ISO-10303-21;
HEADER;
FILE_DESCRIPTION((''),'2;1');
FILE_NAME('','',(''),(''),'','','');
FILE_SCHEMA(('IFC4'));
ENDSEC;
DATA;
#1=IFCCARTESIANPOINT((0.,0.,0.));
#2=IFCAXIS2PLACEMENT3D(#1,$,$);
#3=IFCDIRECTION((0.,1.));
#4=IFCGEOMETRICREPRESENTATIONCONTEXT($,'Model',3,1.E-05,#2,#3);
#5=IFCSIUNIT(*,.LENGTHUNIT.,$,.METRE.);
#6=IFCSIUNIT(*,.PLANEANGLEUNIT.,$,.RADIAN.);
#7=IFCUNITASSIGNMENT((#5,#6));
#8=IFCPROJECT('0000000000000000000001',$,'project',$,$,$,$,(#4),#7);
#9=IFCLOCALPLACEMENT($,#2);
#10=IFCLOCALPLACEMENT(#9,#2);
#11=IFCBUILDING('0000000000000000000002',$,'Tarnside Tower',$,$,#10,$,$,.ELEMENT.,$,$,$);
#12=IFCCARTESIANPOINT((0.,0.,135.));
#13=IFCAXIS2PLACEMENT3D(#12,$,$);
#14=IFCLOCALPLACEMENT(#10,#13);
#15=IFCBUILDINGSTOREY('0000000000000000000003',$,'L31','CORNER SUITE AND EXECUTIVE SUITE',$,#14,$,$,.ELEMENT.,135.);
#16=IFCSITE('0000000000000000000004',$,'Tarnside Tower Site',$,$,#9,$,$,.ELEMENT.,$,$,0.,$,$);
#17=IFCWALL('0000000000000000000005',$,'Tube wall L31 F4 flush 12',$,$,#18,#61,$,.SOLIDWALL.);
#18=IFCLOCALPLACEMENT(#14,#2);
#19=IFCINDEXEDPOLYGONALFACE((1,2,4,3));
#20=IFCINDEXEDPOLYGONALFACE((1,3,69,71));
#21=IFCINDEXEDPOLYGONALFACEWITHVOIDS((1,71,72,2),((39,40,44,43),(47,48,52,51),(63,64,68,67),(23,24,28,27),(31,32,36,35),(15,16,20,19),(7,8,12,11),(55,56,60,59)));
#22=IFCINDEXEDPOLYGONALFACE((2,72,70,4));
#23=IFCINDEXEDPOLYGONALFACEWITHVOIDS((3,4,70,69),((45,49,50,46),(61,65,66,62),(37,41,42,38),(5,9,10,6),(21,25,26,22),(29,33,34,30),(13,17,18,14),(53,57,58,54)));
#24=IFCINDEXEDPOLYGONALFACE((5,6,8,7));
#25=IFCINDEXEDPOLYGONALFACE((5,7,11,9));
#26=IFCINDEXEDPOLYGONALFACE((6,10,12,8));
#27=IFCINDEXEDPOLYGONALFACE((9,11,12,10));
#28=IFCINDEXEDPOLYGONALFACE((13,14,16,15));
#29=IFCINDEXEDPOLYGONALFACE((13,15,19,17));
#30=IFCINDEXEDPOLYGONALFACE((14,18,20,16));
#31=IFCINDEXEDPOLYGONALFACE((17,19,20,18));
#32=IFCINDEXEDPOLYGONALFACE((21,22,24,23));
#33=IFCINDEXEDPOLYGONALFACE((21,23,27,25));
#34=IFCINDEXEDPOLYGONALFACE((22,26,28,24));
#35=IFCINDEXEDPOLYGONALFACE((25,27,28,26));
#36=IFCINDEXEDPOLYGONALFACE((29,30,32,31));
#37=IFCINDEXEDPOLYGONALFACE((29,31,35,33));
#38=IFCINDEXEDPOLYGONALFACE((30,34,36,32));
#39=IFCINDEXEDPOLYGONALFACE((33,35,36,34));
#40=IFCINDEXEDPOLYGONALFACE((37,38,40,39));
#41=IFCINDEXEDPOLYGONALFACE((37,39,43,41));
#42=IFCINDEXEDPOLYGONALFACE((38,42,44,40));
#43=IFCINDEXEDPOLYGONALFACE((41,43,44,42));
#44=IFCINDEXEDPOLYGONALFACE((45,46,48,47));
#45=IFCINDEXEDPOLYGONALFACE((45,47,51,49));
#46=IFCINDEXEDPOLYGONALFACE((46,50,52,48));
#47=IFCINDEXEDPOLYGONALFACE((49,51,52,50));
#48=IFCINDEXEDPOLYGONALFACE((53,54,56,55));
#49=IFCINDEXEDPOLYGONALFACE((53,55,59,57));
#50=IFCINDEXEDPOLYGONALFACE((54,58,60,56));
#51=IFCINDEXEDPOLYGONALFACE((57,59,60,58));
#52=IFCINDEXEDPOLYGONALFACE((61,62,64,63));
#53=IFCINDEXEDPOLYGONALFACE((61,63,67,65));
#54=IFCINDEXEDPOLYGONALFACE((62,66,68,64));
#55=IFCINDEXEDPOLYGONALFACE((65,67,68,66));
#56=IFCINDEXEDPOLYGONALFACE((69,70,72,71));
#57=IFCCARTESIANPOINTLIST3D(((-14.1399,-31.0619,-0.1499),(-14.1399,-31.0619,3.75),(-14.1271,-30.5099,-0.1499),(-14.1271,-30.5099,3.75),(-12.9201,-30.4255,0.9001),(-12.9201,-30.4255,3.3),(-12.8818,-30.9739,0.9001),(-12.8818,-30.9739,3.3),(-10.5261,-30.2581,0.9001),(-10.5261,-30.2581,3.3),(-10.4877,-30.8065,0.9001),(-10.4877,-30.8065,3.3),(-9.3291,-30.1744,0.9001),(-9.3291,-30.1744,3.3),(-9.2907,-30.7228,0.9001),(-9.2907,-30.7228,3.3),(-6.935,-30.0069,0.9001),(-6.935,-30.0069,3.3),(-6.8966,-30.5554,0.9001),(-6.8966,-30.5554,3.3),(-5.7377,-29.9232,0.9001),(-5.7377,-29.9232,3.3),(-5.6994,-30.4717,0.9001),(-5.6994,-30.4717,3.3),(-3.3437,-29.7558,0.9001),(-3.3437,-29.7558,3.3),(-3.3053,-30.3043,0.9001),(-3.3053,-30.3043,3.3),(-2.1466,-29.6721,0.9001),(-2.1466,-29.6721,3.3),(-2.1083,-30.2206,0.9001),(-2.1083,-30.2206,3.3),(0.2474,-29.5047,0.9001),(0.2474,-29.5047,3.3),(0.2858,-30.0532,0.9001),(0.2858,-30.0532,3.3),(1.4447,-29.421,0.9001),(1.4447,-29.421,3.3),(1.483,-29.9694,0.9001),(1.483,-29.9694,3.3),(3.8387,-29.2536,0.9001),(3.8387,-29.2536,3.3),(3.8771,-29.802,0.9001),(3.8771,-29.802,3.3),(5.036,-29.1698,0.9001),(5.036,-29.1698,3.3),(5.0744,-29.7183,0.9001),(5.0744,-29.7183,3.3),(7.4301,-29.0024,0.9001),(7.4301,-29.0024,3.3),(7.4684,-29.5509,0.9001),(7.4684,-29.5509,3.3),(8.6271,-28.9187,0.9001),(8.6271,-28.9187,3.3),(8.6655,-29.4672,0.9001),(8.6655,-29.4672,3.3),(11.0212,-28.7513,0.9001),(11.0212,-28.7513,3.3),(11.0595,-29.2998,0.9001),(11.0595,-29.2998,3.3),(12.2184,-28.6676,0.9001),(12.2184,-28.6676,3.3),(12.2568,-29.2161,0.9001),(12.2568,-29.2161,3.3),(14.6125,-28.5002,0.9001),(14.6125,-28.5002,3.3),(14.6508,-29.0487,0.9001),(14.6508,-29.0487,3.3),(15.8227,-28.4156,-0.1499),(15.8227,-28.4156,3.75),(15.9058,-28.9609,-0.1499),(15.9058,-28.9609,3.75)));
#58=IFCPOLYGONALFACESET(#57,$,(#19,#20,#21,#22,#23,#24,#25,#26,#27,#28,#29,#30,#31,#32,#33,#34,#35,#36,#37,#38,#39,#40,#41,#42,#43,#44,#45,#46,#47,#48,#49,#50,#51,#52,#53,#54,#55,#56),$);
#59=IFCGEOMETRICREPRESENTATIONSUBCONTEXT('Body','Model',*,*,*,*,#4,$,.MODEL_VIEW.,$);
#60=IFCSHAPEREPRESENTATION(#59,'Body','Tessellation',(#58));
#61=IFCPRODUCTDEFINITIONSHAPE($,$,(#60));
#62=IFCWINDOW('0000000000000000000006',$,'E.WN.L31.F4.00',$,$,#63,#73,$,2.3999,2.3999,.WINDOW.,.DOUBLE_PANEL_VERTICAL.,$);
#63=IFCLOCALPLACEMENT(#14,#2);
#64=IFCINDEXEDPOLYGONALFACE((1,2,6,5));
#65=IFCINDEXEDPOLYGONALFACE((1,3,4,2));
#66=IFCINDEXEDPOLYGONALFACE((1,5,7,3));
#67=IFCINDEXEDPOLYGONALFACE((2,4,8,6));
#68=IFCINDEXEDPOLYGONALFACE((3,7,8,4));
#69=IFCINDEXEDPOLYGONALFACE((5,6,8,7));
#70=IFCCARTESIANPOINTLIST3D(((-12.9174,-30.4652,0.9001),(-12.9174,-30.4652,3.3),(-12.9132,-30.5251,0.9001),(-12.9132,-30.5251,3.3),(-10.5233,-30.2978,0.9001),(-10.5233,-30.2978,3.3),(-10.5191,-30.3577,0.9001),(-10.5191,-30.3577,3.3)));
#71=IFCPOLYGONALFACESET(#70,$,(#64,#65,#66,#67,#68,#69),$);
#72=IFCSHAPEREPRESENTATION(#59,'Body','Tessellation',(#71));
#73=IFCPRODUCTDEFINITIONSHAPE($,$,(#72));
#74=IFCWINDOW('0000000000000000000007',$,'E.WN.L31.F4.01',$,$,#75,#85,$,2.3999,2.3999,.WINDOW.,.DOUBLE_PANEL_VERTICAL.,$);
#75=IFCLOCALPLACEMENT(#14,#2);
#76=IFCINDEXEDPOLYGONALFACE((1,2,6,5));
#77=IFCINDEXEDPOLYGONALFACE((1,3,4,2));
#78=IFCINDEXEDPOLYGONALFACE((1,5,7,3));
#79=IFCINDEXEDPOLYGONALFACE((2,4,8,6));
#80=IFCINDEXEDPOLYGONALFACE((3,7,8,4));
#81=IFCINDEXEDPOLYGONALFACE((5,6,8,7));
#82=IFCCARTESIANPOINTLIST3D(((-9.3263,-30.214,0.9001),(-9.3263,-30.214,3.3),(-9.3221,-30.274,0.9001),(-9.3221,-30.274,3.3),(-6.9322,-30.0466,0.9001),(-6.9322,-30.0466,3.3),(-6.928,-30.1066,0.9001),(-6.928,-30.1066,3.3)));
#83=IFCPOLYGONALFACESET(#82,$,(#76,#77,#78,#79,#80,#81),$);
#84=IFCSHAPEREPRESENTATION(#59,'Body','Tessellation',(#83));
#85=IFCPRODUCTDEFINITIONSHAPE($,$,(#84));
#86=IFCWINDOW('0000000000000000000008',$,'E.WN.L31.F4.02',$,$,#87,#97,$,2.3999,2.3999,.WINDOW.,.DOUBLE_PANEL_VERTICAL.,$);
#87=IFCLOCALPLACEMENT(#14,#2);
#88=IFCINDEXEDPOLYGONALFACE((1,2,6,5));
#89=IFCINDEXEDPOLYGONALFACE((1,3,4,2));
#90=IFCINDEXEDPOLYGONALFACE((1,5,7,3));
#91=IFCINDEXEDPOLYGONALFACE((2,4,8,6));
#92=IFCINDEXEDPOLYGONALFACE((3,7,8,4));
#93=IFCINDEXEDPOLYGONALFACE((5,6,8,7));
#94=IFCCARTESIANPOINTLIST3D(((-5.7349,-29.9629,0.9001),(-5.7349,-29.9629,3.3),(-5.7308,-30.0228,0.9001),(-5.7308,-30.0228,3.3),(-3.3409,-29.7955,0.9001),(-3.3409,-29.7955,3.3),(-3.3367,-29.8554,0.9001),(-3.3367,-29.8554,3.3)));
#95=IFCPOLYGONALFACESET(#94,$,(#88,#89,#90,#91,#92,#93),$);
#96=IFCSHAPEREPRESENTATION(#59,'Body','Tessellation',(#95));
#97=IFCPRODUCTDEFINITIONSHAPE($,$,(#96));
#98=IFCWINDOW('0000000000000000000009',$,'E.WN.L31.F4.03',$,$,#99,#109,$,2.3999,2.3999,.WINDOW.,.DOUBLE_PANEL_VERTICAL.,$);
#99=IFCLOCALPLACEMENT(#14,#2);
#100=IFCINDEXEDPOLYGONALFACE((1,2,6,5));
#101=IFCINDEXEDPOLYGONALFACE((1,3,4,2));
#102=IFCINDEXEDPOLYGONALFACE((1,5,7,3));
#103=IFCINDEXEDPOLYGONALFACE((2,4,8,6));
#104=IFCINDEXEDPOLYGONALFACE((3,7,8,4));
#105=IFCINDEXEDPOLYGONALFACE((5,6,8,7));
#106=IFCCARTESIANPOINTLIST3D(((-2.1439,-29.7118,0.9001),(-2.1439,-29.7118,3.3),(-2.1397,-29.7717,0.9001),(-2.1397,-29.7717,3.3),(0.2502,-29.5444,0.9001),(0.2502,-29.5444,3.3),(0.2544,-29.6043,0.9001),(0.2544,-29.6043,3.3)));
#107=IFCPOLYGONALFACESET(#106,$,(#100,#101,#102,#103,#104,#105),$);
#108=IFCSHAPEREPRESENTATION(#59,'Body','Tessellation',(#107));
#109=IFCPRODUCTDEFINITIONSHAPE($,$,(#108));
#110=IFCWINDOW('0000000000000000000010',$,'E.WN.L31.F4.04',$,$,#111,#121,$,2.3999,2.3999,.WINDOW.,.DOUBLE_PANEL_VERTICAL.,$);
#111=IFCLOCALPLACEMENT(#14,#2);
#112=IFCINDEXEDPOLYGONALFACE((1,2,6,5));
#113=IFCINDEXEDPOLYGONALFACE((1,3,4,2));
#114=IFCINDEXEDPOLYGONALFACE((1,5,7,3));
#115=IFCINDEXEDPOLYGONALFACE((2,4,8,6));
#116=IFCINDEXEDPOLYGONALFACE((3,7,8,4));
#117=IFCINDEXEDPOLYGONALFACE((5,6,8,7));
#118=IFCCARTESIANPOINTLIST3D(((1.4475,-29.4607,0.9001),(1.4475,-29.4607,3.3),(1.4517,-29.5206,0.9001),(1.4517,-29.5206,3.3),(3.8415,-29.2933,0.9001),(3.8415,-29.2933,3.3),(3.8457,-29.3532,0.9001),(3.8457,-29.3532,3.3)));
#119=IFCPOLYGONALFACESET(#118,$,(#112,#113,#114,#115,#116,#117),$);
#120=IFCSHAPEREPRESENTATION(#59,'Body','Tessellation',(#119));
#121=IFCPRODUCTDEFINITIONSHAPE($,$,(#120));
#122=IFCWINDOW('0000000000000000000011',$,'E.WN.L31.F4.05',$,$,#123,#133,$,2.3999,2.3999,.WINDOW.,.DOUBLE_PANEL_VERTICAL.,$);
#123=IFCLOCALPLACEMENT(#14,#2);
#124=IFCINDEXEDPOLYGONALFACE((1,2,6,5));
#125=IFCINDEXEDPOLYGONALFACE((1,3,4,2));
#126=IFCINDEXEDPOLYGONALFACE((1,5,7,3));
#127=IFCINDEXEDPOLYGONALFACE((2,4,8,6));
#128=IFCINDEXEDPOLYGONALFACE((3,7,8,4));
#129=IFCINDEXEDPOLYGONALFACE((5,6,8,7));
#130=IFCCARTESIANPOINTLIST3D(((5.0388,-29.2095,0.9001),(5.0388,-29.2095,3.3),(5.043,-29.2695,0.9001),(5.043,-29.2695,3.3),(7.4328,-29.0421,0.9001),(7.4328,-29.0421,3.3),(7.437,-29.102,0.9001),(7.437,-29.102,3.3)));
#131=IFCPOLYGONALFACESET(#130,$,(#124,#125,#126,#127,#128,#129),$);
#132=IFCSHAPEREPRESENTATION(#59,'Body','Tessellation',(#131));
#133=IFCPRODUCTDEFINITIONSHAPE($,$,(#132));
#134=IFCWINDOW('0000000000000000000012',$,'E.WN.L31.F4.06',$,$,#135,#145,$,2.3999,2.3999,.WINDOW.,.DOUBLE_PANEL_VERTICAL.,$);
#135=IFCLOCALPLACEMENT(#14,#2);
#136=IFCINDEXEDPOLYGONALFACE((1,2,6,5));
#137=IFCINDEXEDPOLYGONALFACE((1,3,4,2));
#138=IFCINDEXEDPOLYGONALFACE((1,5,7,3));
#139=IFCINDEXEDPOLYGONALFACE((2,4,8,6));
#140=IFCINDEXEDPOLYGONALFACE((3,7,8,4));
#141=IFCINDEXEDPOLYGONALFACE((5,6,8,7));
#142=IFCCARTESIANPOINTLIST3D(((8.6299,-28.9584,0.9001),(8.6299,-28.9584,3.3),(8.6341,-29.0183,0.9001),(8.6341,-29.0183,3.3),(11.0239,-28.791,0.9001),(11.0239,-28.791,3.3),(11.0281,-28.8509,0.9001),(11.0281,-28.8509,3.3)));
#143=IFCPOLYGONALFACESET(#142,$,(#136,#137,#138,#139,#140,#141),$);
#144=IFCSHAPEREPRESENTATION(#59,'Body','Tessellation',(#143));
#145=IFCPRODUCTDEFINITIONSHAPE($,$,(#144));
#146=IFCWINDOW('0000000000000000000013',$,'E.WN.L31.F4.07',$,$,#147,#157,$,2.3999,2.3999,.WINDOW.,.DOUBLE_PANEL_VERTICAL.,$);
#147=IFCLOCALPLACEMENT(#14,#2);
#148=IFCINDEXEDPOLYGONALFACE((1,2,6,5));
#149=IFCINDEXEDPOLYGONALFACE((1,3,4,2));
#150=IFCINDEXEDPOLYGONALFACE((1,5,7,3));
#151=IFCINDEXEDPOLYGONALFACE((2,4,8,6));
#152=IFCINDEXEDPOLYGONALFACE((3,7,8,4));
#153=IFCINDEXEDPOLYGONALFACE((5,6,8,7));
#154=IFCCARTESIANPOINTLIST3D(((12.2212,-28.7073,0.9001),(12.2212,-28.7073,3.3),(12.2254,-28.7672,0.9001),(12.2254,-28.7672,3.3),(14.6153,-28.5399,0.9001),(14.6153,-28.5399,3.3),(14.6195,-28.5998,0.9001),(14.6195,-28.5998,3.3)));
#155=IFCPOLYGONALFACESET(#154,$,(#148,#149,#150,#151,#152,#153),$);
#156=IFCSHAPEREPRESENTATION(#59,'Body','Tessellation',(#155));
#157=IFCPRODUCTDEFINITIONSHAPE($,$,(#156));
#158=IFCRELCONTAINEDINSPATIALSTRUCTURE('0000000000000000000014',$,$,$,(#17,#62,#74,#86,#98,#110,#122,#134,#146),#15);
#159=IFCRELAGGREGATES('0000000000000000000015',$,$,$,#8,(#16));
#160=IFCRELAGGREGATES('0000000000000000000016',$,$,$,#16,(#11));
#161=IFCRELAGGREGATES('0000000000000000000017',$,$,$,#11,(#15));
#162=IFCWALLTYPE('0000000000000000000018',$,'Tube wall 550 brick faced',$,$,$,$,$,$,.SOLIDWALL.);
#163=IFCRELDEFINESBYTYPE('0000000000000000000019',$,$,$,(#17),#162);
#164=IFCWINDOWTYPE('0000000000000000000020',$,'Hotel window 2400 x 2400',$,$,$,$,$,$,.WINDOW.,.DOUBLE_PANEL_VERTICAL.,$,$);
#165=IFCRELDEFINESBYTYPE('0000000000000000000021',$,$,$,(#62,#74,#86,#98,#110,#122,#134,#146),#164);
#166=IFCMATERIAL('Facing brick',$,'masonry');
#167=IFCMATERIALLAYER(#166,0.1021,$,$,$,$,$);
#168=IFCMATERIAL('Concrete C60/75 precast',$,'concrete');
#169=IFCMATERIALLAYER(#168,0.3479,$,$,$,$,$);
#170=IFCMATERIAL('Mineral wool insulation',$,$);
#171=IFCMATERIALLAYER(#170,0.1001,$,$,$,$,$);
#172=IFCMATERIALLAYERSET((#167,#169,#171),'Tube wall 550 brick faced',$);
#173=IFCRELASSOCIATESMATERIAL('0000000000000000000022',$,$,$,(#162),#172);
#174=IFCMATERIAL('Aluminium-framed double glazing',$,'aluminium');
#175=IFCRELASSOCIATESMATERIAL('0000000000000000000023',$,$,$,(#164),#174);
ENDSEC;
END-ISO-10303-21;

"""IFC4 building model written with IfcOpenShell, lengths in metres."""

from ifc_helpers import new_model, si_unit, direction, frame, frame_2d, origin, place, context, subcontext, project, spatial, polyline, rectangle, outline, extrude, material, layer, layer_set, type_object, element, fill, save


model = new_model("IFC4")

# Units and contexts
model_context = context("Model", 3, precision=1e-05, world=origin(), true_north=direction((0.0, 1.0)))
body_context = subcontext(model_context, "Body", "Model", "MODEL_VIEW")
ifc_project = project(units=[si_unit("LENGTHUNIT", "METRE"), si_unit("PLANEANGLEUNIT", "RADIAN")], contexts=[model_context])

# Site, building, storey
site_placement = place(None, origin())
site = spatial("IfcSite", under=ifc_project, at=site_placement, Name="Tarnside Tower Site", CompositionType="ELEMENT", RefElevation=0.0)
building_placement = place(site_placement, origin())
building = spatial("IfcBuilding", under=site, at=building_placement, Name="Tarnside Tower", CompositionType="ELEMENT")
storey_placement = place(building_placement, frame((0.0, 0.0, 135.0)))
storey = spatial("IfcBuildingStorey", under=building, at=storey_placement, Name="L31", Description="CORNER SUITE AND EXECUTIVE SUITE", CompositionType="ELEMENT", Elevation=135.0)

# Shared definitions
ifc_material_1 = material(Name="Facing brick", Category="masonry")
ifc_layer_1 = layer(ifc_material_1, 0.1021)
ifc_material_2 = material(Name="Concrete C60/75 precast", Category="concrete")
ifc_layer_2 = layer(ifc_material_2, 0.3479)
ifc_material_3 = material(Name="Mineral wool insulation")
ifc_layer_3 = layer(ifc_material_3, 0.1001)
ifc_layer_set_1 = layer_set([ifc_layer_1, ifc_layer_2, ifc_layer_3], Name="Tube wall 550 brick faced")
wall_type_1 = type_object("IfcWallType", Name="Tube wall 550 brick faced", PredefinedType="SOLIDWALL", material=ifc_layer_set_1)

# Wall, openings, windows
wall_1_placement = place(storey_placement, frame((-14.1335, -30.7859, -0.1499), z_axis=(0.0, 0.0, 1.0), x_axis=(0.997564, 0.069757, 0.0)))
wall_1 = element("IfcWall", 1, at=wall_1_placement, inside=storey, type_object=wall_type_1, Name="Tube wall L31 F4 flush 12", PredefinedType="SOLIDWALL", context=body_context, shape_type="SweptSolid", body=[
    extrude(outline(polyline([(-0.0256, -0.2749), (30.0935, -0.2749), (30.0486, 0.2749), (0.0256, 0.2749), (-0.0256, -0.2749)])), origin(), (0.0, 0.0, 1.0), 3.8999),
])
opening_1_placement = place(wall_1_placement, frame((1.2356, 0.0, 1.05)))
opening_1 = element("IfcOpeningElement", 2, at=opening_1_placement, cuts=wall_1, PredefinedType="OPENING", context=body_context, shape_type="SweptSolid", body=[
    extrude(rectangle(XDim=2.3999, YDim=2.3999, at=frame_2d((1.2, 1.2))), frame((0.0, 0.2852, 0.0), z_axis=(0.0, -1.0, 0.0), x_axis=(1.0, 0.0, 0.0)), (0.0, 0.0, 1.0), 0.5701),
])
opening_2_placement = place(wall_1_placement, frame((4.8354, 0.0, 1.05)))
opening_2 = element("IfcOpeningElement", 3, at=opening_2_placement, cuts=wall_1, PredefinedType="OPENING", context=body_context, shape_type="SweptSolid", body=[
    extrude(rectangle(XDim=2.3999, YDim=2.3999, at=frame_2d((1.2, 1.2))), frame((0.0, 0.2852, 0.0), z_axis=(0.0, -1.0, 0.0), x_axis=(1.0, 0.0, 0.0)), (0.0, 0.0, 1.0), 0.5701),
])
opening_3_placement = place(wall_1_placement, frame((8.4355, 0.0, 1.05)))
opening_3 = element("IfcOpeningElement", 4, at=opening_3_placement, cuts=wall_1, PredefinedType="OPENING", context=body_context, shape_type="SweptSolid", body=[
    extrude(rectangle(XDim=2.3999, YDim=2.3999, at=frame_2d((1.2, 1.2))), frame((0.0, 0.2852, 0.0), z_axis=(0.0, -1.0, 0.0), x_axis=(1.0, 0.0, 0.0)), (0.0, 0.0, 1.0), 0.5701),
])
opening_4_placement = place(wall_1_placement, frame((12.0354, 0.0, 1.05)))
opening_4 = element("IfcOpeningElement", 5, at=opening_4_placement, cuts=wall_1, PredefinedType="OPENING", context=body_context, shape_type="SweptSolid", body=[
    extrude(rectangle(XDim=2.3999, YDim=2.3999, at=frame_2d((1.2, 1.2))), frame((0.0, 0.2852, 0.0), z_axis=(0.0, -1.0, 0.0), x_axis=(1.0, 0.0, 0.0)), (0.0, 0.0, 1.0), 0.5701),
])
opening_5_placement = place(wall_1_placement, frame((15.6355, 0.0, 1.05)))
opening_5 = element("IfcOpeningElement", 6, at=opening_5_placement, cuts=wall_1, PredefinedType="OPENING", context=body_context, shape_type="SweptSolid", body=[
    extrude(rectangle(XDim=2.3999, YDim=2.3999, at=frame_2d((1.2, 1.2))), frame((0.0, 0.2852, 0.0), z_axis=(0.0, -1.0, 0.0), x_axis=(1.0, 0.0, 0.0)), (0.0, 0.0, 1.0), 0.5701),
])
opening_6_placement = place(wall_1_placement, frame((19.2356, 0.0, 1.05)))
opening_6 = element("IfcOpeningElement", 7, at=opening_6_placement, cuts=wall_1, PredefinedType="OPENING", context=body_context, shape_type="SweptSolid", body=[
    extrude(rectangle(XDim=2.3999, YDim=2.3999, at=frame_2d((1.2, 1.2))), frame((0.0, 0.2852, 0.0), z_axis=(0.0, -1.0, 0.0), x_axis=(1.0, 0.0, 0.0)), (0.0, 0.0, 1.0), 0.5701),
])
opening_7_placement = place(wall_1_placement, frame((22.8354, 0.0, 1.05)))
opening_7 = element("IfcOpeningElement", 8, at=opening_7_placement, cuts=wall_1, PredefinedType="OPENING", context=body_context, shape_type="SweptSolid", body=[
    extrude(rectangle(XDim=2.3999, YDim=2.3999, at=frame_2d((1.2, 1.2))), frame((0.0, 0.2852, 0.0), z_axis=(0.0, -1.0, 0.0), x_axis=(1.0, 0.0, 0.0)), (0.0, 0.0, 1.0), 0.5701),
])
opening_8_placement = place(wall_1_placement, frame((26.4355, 0.0, 1.05)))
opening_8 = element("IfcOpeningElement", 9, at=opening_8_placement, cuts=wall_1, PredefinedType="OPENING", context=body_context, shape_type="SweptSolid", body=[
    extrude(rectangle(XDim=2.3999, YDim=2.3999, at=frame_2d((1.2, 1.2))), frame((0.0, 0.2852, 0.0), z_axis=(0.0, -1.0, 0.0), x_axis=(1.0, 0.0, 0.0)), (0.0, 0.0, 1.0), 0.5701),
])
ifc_material_4 = material(Name="Aluminium-framed double glazing", Category="aluminium")
window_type = type_object("IfcWindowType", Name="Hotel window 2400 x 2400", PartitioningType="DOUBLE_PANEL_VERTICAL", PredefinedType="WINDOW", material=ifc_material_4)
window_1_placement = place(opening_1_placement, frame((0.0, 0.2051, 0.0)))
window_1 = element("IfcWindow", 10, at=window_1_placement, inside=storey, type_object=window_type, Name="E.WN.L31.F4.00", OverallHeight=2.3999, OverallWidth=2.3999, PartitioningType="DOUBLE_PANEL_VERTICAL", PredefinedType="WINDOW", context=body_context, shape_type="SweptSolid", body=[
    extrude(rectangle(XDim=2.3999, YDim=2.3999, at=frame_2d((1.2, 1.2))), frame((0.0, 0.03, 0.0), z_axis=(0.0, -1.0, 0.0), x_axis=(1.0, 0.0, 0.0)), (0.0, 0.0, 1.0), 0.0601),
])
fill(opening_1, window_1)
window_2_placement = place(opening_2_placement, frame((0.0, 0.2051, 0.0)))
window_2 = element("IfcWindow", 11, at=window_2_placement, inside=storey, type_object=window_type, Name="E.WN.L31.F4.01", OverallHeight=2.3999, OverallWidth=2.3999, PartitioningType="DOUBLE_PANEL_VERTICAL", PredefinedType="WINDOW", context=body_context, shape_type="SweptSolid", body=[
    extrude(rectangle(XDim=2.3999, YDim=2.3999, at=frame_2d((1.2, 1.2))), frame((0.0, 0.03, 0.0), z_axis=(0.0, -1.0, 0.0), x_axis=(1.0, 0.0, 0.0)), (0.0, 0.0, 1.0), 0.0601),
])
fill(opening_2, window_2)
window_3_placement = place(opening_3_placement, frame((0.0, 0.2051, 0.0)))
window_3 = element("IfcWindow", 12, at=window_3_placement, inside=storey, type_object=window_type, Name="E.WN.L31.F4.02", OverallHeight=2.3999, OverallWidth=2.3999, PartitioningType="DOUBLE_PANEL_VERTICAL", PredefinedType="WINDOW", context=body_context, shape_type="SweptSolid", body=[
    extrude(rectangle(XDim=2.3999, YDim=2.3999, at=frame_2d((1.2, 1.2))), frame((0.0, 0.03, 0.0), z_axis=(0.0, -1.0, 0.0), x_axis=(1.0, 0.0, 0.0)), (0.0, 0.0, 1.0), 0.0601),
])
fill(opening_3, window_3)
window_4_placement = place(opening_4_placement, frame((0.0, 0.2051, 0.0)))
window_4 = element("IfcWindow", 13, at=window_4_placement, inside=storey, type_object=window_type, Name="E.WN.L31.F4.03", OverallHeight=2.3999, OverallWidth=2.3999, PartitioningType="DOUBLE_PANEL_VERTICAL", PredefinedType="WINDOW", context=body_context, shape_type="SweptSolid", body=[
    extrude(rectangle(XDim=2.3999, YDim=2.3999, at=frame_2d((1.2, 1.2))), frame((0.0, 0.03, 0.0), z_axis=(0.0, -1.0, 0.0), x_axis=(1.0, 0.0, 0.0)), (0.0, 0.0, 1.0), 0.0601),
])
fill(opening_4, window_4)
window_5_placement = place(opening_5_placement, frame((0.0, 0.2051, 0.0)))
window_5 = element("IfcWindow", 14, at=window_5_placement, inside=storey, type_object=window_type, Name="E.WN.L31.F4.04", OverallHeight=2.3999, OverallWidth=2.3999, PartitioningType="DOUBLE_PANEL_VERTICAL", PredefinedType="WINDOW", context=body_context, shape_type="SweptSolid", body=[
    extrude(rectangle(XDim=2.3999, YDim=2.3999, at=frame_2d((1.2, 1.2))), frame((0.0, 0.03, 0.0), z_axis=(0.0, -1.0, 0.0), x_axis=(1.0, 0.0, 0.0)), (0.0, 0.0, 1.0), 0.0601),
])
fill(opening_5, window_5)
window_6_placement = place(opening_6_placement, frame((0.0, 0.2051, 0.0)))
window_6 = element("IfcWindow", 15, at=window_6_placement, inside=storey, type_object=window_type, Name="E.WN.L31.F4.05", OverallHeight=2.3999, OverallWidth=2.3999, PartitioningType="DOUBLE_PANEL_VERTICAL", PredefinedType="WINDOW", context=body_context, shape_type="SweptSolid", body=[
    extrude(rectangle(XDim=2.3999, YDim=2.3999, at=frame_2d((1.2, 1.2))), frame((0.0, 0.03, 0.0), z_axis=(0.0, -1.0, 0.0), x_axis=(1.0, 0.0, 0.0)), (0.0, 0.0, 1.0), 0.0601),
])
fill(opening_6, window_6)
window_7_placement = place(opening_7_placement, frame((0.0, 0.2051, 0.0)))
window_7 = element("IfcWindow", 16, at=window_7_placement, inside=storey, type_object=window_type, Name="E.WN.L31.F4.06", OverallHeight=2.3999, OverallWidth=2.3999, PartitioningType="DOUBLE_PANEL_VERTICAL", PredefinedType="WINDOW", context=body_context, shape_type="SweptSolid", body=[
    extrude(rectangle(XDim=2.3999, YDim=2.3999, at=frame_2d((1.2, 1.2))), frame((0.0, 0.03, 0.0), z_axis=(0.0, -1.0, 0.0), x_axis=(1.0, 0.0, 0.0)), (0.0, 0.0, 1.0), 0.0601),
])
fill(opening_7, window_7)
window_8_placement = place(opening_8_placement, frame((0.0, 0.2051, 0.0)))
window_8 = element("IfcWindow", 17, at=window_8_placement, inside=storey, type_object=window_type, Name="E.WN.L31.F4.07", OverallHeight=2.3999, OverallWidth=2.3999, PartitioningType="DOUBLE_PANEL_VERTICAL", PredefinedType="WINDOW", context=body_context, shape_type="SweptSolid", body=[
    extrude(rectangle(XDim=2.3999, YDim=2.3999, at=frame_2d((1.2, 1.2))), frame((0.0, 0.03, 0.0), z_axis=(0.0, -1.0, 0.0), x_axis=(1.0, 0.0, 0.0)), (0.0, 0.0, 1.0), 0.0601),
])
fill(opening_8, window_8)

save(model, "model.ifc")
